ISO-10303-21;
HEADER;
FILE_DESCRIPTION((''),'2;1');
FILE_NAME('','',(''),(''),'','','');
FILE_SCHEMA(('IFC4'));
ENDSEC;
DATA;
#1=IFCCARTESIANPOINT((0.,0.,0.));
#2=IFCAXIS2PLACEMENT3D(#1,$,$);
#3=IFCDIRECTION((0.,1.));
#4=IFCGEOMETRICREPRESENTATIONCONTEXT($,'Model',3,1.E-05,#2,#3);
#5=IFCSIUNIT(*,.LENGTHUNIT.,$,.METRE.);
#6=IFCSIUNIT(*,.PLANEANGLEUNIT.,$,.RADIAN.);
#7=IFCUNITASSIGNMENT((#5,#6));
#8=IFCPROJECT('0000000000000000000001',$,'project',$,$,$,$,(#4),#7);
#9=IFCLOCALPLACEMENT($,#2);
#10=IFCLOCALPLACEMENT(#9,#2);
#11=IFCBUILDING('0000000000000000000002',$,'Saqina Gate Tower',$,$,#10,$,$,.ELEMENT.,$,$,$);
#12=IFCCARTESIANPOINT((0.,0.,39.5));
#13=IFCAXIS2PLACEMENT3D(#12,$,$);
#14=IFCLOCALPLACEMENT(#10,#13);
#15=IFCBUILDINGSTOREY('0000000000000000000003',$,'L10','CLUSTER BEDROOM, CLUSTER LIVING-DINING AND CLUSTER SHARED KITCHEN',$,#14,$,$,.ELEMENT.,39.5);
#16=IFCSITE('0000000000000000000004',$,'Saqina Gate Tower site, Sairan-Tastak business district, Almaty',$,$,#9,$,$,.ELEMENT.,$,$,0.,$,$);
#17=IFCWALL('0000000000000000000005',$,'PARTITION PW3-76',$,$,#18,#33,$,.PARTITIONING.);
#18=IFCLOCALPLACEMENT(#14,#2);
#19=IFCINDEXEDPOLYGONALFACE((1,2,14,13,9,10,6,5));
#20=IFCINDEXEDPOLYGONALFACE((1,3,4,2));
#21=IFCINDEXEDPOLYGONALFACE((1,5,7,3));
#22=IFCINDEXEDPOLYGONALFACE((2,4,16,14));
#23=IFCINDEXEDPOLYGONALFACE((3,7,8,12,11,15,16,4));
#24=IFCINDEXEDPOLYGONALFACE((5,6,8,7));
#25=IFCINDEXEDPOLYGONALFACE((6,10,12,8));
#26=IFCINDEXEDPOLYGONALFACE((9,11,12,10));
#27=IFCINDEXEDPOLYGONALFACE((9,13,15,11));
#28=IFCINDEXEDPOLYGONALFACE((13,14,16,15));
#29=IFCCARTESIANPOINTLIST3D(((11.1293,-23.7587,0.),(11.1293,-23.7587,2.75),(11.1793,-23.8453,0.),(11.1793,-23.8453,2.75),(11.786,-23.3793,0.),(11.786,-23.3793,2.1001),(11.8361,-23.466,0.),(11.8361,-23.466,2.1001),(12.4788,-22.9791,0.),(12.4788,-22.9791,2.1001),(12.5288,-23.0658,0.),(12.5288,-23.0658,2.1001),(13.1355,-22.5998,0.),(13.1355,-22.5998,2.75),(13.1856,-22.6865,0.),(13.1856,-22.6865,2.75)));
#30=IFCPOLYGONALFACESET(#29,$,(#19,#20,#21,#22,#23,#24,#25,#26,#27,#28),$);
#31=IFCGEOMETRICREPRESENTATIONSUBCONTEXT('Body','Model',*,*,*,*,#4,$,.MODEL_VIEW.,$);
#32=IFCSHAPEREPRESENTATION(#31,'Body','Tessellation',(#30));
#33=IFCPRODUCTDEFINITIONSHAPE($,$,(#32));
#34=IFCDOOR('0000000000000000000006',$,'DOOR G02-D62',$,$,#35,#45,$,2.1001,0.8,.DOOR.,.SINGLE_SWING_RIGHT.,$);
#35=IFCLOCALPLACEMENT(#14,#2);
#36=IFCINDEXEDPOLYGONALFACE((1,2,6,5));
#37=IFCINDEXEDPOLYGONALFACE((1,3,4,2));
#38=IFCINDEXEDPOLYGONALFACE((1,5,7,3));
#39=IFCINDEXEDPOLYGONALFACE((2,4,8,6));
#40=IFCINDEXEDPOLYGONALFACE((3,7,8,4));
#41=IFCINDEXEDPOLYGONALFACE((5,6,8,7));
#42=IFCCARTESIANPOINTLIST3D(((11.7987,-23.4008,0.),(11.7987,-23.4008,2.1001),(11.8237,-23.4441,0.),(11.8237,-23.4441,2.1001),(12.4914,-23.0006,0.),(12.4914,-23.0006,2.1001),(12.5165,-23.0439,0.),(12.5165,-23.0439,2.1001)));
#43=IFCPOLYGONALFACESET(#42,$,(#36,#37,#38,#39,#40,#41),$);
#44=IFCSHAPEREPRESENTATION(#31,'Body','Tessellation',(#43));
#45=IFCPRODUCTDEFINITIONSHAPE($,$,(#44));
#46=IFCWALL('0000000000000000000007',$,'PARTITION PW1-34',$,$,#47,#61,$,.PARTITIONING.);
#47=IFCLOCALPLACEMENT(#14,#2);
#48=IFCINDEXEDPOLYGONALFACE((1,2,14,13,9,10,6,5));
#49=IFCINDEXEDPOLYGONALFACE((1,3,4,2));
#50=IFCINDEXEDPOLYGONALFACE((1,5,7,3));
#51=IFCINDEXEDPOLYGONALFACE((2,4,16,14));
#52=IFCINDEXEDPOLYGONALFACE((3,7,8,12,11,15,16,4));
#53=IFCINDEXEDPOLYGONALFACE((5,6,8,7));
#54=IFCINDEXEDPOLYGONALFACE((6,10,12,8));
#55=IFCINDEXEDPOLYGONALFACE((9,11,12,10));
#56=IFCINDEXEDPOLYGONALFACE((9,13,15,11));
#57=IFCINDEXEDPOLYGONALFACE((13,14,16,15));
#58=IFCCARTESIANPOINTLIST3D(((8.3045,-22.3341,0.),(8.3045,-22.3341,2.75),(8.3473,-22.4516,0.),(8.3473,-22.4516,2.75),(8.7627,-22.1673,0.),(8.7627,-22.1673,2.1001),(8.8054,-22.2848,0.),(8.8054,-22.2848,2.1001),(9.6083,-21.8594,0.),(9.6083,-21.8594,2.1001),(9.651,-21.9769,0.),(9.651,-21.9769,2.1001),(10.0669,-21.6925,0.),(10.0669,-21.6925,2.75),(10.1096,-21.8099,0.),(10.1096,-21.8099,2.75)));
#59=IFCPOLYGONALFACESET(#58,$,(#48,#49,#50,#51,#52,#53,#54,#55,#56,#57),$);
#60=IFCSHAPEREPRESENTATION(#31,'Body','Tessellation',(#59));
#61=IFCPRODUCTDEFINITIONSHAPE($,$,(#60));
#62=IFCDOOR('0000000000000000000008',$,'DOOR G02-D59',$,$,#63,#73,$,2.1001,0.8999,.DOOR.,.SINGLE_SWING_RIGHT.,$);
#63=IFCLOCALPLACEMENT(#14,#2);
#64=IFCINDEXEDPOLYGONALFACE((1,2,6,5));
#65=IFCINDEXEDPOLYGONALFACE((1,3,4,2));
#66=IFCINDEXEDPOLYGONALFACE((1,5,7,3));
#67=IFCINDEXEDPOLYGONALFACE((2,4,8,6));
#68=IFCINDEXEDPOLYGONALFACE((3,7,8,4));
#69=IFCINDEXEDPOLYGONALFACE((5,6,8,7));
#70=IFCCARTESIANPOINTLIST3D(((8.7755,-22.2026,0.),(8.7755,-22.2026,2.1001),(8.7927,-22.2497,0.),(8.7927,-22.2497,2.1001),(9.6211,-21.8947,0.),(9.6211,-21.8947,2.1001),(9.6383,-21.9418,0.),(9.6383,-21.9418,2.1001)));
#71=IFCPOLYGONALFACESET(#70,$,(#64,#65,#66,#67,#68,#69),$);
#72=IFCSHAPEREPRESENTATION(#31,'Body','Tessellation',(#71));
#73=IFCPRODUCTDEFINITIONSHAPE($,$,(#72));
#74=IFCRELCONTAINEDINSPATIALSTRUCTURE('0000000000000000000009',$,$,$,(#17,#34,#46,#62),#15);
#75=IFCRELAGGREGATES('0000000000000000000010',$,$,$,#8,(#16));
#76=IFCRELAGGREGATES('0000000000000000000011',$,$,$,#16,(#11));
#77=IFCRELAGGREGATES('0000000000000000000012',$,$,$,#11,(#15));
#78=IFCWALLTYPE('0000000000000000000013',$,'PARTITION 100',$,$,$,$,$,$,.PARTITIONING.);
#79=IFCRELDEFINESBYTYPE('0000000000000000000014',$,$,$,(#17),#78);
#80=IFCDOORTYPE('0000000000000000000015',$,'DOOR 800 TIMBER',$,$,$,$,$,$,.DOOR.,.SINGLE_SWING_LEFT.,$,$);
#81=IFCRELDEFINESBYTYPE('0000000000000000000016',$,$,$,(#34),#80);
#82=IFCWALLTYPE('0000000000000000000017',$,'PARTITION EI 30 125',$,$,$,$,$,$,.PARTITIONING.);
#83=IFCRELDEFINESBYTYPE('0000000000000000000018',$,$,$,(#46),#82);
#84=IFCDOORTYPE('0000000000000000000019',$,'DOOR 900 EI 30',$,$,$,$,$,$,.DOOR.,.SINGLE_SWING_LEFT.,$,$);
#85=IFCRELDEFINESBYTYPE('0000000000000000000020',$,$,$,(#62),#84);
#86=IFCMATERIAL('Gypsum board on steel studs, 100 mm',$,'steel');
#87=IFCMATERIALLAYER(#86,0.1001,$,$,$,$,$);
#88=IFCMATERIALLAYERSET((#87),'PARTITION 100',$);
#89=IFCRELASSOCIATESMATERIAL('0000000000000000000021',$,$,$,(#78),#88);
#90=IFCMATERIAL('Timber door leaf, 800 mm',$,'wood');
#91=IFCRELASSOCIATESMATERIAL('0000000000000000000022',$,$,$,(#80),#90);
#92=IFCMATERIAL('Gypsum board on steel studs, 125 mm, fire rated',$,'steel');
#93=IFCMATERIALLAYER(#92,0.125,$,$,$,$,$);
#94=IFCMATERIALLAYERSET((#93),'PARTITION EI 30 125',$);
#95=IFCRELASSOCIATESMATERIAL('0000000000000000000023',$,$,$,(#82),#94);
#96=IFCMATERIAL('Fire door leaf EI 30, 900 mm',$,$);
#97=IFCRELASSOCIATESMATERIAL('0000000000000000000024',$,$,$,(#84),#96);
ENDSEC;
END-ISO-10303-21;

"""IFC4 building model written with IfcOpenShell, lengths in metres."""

from ifc_helpers import new_model, si_unit, direction, frame, frame_2d, origin, place, context, subcontext, project, spatial, rectangle, extrude, material, layer, layer_set, type_object, element, fill, save


model = new_model("IFC4")

# Units and contexts
model_context = context("Model", 3, precision=1e-05, world=origin(), true_north=direction((0.0, 1.0)))
body_context = subcontext(model_context, "Body", "Model", "MODEL_VIEW")
ifc_project = project(units=[si_unit("LENGTHUNIT", "METRE"), si_unit("PLANEANGLEUNIT", "RADIAN")], contexts=[model_context])

# Site, building, storey
site_placement = place(None, origin())
site = spatial("IfcSite", under=ifc_project, at=site_placement, Name="Saqina Gate Tower site, Sairan-Tastak business district, Almaty", CompositionType="ELEMENT", RefElevation=0.0)
building_placement = place(site_placement, origin())
building = spatial("IfcBuilding", under=site, at=building_placement, Name="Saqina Gate Tower", CompositionType="ELEMENT")
storey_placement = place(building_placement, frame((0.0, 0.0, 39.5)))
storey = spatial("IfcBuildingStorey", under=building, at=storey_placement, Name="L10", Description="CLUSTER BEDROOM, CLUSTER LIVING-DINING AND CLUSTER SHARED KITCHEN", CompositionType="ELEMENT", Elevation=39.5)

# Shared definitions
ifc_material_1 = material(Name="Gypsum board on steel studs, 100 mm", Category="steel")
ifc_layer_1 = layer(ifc_material_1, 0.1001)
ifc_layer_set_1 = layer_set([ifc_layer_1], Name="PARTITION 100")
wall_type_1 = type_object("IfcWallType", Name="PARTITION 100", PredefinedType="PARTITIONING", material=ifc_layer_set_1)

# Walls, openings, doors
wall_1_placement = place(storey_placement, frame((11.1543, -23.802, 0.0), z_axis=(0.0, 0.0, 1.0), x_axis=(0.865919, 0.500185, 0.0)))
wall_1 = element("IfcWall", 1, at=wall_1_placement, inside=storey, type_object=wall_type_1, Name="PARTITION PW3-76", PredefinedType="PARTITIONING", context=body_context, shape_type="SweptSolid", body=[
    extrude(rectangle(XDim=2.3169, YDim=0.1001, at=frame_2d((1.1584, 0.0))), origin(), (0.0, 0.0, 1.0), 2.75),
])
opening_1_placement = place(wall_1_placement, frame((0.7585, 0.0, 0.0)))
opening_1 = element("IfcOpeningElement", 2, at=opening_1_placement, cuts=wall_1, PredefinedType="OPENING", context=body_context, shape_type="SweptSolid", body=[
    extrude(rectangle(XDim=0.8, YDim=2.1001, at=frame_2d((0.3999, 1.05))), frame((0.0, 0.062, 0.0), z_axis=(0.0, -1.0, 0.0), x_axis=(1.0, 0.0, 0.0)), (0.0, 0.0, 1.0), 0.124),
])
ifc_material_2 = material(Name="Timber door leaf, 800 mm", Category="wood")
door_type_1 = type_object("IfcDoorType", Name="DOOR 800 TIMBER", OperationType="SINGLE_SWING_LEFT", PredefinedType="DOOR", material=ifc_material_2)
door_1_placement = place(opening_1_placement, frame((0.8, 0.0, 0.0), z_axis=(0.0, 0.0, 1.0), x_axis=(-1.0, 0.0, 0.0)))
door_1 = element("IfcDoor", 3, at=door_1_placement, inside=storey, type_object=door_type_1, Name="DOOR G02-D62", OperationType="SINGLE_SWING_RIGHT", OverallHeight=2.1001, OverallWidth=0.8, PredefinedType="DOOR", context=body_context, shape_type="SweptSolid", body=[
    extrude(rectangle(XDim=0.8, YDim=2.1001, at=frame_2d((0.3999, 1.05))), frame((0.0, 0.0249, 0.0), z_axis=(0.0, -1.0, 0.0), x_axis=(1.0, 0.0, 0.0)), (0.0, 0.0, 1.0), 0.05),
])
fill(opening_1, door_1)
ifc_material_3 = material(Name="Gypsum board on steel studs, 125 mm, fire rated", Category="steel")
ifc_layer_2 = layer(ifc_material_3, 0.125)
ifc_layer_set_2 = layer_set([ifc_layer_2], Name="PARTITION EI 30 125")
wall_type_2 = type_object("IfcWallType", Name="PARTITION EI 30 125", PredefinedType="PARTITIONING", material=ifc_layer_set_2)
wall_2_placement = place(storey_placement, frame((8.3259, -22.3928, 0.0), z_axis=(0.0, 0.0, 1.0), x_axis=(0.939657, 0.342119, 0.0)))
wall_2 = element("IfcWall", 4, at=wall_2_placement, inside=storey, type_object=wall_type_2, Name="PARTITION PW1-34", PredefinedType="PARTITIONING", context=body_context, shape_type="SweptSolid", body=[
    extrude(rectangle(XDim=1.8755, YDim=0.125, at=frame_2d((0.9377, 0.0))), origin(), (0.0, 0.0, 1.0), 2.75),
])
opening_2_placement = place(wall_2_placement, frame((0.4875, 0.0, 0.0)))
opening_2 = element("IfcOpeningElement", 5, at=opening_2_placement, cuts=wall_2, PredefinedType="OPENING", context=body_context, shape_type="SweptSolid", body=[
    extrude(rectangle(XDim=0.8999, YDim=2.1001, at=frame_2d((0.45, 1.05))), frame((0.0, 0.0745, 0.0), z_axis=(0.0, -1.0, 0.0), x_axis=(1.0, 0.0, 0.0)), (0.0, 0.0, 1.0), 0.1489),
])
ifc_material_4 = material(Name="Fire door leaf EI 30, 900 mm")
door_type_2 = type_object("IfcDoorType", Name="DOOR 900 EI 30", OperationType="SINGLE_SWING_LEFT", PredefinedType="DOOR", material=ifc_material_4)
door_2_placement = place(opening_2_placement, origin())
door_2 = element("IfcDoor", 6, at=door_2_placement, inside=storey, type_object=door_type_2, Name="DOOR G02-D59", OperationType="SINGLE_SWING_RIGHT", OverallHeight=2.1001, OverallWidth=0.8999, PredefinedType="DOOR", context=body_context, shape_type="SweptSolid", body=[
    extrude(rectangle(XDim=0.8999, YDim=2.1001, at=frame_2d((0.45, 1.05))), frame((0.0, 0.0249, 0.0), z_axis=(0.0, -1.0, 0.0), x_axis=(1.0, 0.0, 0.0)), (0.0, 0.0, 1.0), 0.05),
])
fill(opening_2, door_2)

save(model, "model.ifc")
